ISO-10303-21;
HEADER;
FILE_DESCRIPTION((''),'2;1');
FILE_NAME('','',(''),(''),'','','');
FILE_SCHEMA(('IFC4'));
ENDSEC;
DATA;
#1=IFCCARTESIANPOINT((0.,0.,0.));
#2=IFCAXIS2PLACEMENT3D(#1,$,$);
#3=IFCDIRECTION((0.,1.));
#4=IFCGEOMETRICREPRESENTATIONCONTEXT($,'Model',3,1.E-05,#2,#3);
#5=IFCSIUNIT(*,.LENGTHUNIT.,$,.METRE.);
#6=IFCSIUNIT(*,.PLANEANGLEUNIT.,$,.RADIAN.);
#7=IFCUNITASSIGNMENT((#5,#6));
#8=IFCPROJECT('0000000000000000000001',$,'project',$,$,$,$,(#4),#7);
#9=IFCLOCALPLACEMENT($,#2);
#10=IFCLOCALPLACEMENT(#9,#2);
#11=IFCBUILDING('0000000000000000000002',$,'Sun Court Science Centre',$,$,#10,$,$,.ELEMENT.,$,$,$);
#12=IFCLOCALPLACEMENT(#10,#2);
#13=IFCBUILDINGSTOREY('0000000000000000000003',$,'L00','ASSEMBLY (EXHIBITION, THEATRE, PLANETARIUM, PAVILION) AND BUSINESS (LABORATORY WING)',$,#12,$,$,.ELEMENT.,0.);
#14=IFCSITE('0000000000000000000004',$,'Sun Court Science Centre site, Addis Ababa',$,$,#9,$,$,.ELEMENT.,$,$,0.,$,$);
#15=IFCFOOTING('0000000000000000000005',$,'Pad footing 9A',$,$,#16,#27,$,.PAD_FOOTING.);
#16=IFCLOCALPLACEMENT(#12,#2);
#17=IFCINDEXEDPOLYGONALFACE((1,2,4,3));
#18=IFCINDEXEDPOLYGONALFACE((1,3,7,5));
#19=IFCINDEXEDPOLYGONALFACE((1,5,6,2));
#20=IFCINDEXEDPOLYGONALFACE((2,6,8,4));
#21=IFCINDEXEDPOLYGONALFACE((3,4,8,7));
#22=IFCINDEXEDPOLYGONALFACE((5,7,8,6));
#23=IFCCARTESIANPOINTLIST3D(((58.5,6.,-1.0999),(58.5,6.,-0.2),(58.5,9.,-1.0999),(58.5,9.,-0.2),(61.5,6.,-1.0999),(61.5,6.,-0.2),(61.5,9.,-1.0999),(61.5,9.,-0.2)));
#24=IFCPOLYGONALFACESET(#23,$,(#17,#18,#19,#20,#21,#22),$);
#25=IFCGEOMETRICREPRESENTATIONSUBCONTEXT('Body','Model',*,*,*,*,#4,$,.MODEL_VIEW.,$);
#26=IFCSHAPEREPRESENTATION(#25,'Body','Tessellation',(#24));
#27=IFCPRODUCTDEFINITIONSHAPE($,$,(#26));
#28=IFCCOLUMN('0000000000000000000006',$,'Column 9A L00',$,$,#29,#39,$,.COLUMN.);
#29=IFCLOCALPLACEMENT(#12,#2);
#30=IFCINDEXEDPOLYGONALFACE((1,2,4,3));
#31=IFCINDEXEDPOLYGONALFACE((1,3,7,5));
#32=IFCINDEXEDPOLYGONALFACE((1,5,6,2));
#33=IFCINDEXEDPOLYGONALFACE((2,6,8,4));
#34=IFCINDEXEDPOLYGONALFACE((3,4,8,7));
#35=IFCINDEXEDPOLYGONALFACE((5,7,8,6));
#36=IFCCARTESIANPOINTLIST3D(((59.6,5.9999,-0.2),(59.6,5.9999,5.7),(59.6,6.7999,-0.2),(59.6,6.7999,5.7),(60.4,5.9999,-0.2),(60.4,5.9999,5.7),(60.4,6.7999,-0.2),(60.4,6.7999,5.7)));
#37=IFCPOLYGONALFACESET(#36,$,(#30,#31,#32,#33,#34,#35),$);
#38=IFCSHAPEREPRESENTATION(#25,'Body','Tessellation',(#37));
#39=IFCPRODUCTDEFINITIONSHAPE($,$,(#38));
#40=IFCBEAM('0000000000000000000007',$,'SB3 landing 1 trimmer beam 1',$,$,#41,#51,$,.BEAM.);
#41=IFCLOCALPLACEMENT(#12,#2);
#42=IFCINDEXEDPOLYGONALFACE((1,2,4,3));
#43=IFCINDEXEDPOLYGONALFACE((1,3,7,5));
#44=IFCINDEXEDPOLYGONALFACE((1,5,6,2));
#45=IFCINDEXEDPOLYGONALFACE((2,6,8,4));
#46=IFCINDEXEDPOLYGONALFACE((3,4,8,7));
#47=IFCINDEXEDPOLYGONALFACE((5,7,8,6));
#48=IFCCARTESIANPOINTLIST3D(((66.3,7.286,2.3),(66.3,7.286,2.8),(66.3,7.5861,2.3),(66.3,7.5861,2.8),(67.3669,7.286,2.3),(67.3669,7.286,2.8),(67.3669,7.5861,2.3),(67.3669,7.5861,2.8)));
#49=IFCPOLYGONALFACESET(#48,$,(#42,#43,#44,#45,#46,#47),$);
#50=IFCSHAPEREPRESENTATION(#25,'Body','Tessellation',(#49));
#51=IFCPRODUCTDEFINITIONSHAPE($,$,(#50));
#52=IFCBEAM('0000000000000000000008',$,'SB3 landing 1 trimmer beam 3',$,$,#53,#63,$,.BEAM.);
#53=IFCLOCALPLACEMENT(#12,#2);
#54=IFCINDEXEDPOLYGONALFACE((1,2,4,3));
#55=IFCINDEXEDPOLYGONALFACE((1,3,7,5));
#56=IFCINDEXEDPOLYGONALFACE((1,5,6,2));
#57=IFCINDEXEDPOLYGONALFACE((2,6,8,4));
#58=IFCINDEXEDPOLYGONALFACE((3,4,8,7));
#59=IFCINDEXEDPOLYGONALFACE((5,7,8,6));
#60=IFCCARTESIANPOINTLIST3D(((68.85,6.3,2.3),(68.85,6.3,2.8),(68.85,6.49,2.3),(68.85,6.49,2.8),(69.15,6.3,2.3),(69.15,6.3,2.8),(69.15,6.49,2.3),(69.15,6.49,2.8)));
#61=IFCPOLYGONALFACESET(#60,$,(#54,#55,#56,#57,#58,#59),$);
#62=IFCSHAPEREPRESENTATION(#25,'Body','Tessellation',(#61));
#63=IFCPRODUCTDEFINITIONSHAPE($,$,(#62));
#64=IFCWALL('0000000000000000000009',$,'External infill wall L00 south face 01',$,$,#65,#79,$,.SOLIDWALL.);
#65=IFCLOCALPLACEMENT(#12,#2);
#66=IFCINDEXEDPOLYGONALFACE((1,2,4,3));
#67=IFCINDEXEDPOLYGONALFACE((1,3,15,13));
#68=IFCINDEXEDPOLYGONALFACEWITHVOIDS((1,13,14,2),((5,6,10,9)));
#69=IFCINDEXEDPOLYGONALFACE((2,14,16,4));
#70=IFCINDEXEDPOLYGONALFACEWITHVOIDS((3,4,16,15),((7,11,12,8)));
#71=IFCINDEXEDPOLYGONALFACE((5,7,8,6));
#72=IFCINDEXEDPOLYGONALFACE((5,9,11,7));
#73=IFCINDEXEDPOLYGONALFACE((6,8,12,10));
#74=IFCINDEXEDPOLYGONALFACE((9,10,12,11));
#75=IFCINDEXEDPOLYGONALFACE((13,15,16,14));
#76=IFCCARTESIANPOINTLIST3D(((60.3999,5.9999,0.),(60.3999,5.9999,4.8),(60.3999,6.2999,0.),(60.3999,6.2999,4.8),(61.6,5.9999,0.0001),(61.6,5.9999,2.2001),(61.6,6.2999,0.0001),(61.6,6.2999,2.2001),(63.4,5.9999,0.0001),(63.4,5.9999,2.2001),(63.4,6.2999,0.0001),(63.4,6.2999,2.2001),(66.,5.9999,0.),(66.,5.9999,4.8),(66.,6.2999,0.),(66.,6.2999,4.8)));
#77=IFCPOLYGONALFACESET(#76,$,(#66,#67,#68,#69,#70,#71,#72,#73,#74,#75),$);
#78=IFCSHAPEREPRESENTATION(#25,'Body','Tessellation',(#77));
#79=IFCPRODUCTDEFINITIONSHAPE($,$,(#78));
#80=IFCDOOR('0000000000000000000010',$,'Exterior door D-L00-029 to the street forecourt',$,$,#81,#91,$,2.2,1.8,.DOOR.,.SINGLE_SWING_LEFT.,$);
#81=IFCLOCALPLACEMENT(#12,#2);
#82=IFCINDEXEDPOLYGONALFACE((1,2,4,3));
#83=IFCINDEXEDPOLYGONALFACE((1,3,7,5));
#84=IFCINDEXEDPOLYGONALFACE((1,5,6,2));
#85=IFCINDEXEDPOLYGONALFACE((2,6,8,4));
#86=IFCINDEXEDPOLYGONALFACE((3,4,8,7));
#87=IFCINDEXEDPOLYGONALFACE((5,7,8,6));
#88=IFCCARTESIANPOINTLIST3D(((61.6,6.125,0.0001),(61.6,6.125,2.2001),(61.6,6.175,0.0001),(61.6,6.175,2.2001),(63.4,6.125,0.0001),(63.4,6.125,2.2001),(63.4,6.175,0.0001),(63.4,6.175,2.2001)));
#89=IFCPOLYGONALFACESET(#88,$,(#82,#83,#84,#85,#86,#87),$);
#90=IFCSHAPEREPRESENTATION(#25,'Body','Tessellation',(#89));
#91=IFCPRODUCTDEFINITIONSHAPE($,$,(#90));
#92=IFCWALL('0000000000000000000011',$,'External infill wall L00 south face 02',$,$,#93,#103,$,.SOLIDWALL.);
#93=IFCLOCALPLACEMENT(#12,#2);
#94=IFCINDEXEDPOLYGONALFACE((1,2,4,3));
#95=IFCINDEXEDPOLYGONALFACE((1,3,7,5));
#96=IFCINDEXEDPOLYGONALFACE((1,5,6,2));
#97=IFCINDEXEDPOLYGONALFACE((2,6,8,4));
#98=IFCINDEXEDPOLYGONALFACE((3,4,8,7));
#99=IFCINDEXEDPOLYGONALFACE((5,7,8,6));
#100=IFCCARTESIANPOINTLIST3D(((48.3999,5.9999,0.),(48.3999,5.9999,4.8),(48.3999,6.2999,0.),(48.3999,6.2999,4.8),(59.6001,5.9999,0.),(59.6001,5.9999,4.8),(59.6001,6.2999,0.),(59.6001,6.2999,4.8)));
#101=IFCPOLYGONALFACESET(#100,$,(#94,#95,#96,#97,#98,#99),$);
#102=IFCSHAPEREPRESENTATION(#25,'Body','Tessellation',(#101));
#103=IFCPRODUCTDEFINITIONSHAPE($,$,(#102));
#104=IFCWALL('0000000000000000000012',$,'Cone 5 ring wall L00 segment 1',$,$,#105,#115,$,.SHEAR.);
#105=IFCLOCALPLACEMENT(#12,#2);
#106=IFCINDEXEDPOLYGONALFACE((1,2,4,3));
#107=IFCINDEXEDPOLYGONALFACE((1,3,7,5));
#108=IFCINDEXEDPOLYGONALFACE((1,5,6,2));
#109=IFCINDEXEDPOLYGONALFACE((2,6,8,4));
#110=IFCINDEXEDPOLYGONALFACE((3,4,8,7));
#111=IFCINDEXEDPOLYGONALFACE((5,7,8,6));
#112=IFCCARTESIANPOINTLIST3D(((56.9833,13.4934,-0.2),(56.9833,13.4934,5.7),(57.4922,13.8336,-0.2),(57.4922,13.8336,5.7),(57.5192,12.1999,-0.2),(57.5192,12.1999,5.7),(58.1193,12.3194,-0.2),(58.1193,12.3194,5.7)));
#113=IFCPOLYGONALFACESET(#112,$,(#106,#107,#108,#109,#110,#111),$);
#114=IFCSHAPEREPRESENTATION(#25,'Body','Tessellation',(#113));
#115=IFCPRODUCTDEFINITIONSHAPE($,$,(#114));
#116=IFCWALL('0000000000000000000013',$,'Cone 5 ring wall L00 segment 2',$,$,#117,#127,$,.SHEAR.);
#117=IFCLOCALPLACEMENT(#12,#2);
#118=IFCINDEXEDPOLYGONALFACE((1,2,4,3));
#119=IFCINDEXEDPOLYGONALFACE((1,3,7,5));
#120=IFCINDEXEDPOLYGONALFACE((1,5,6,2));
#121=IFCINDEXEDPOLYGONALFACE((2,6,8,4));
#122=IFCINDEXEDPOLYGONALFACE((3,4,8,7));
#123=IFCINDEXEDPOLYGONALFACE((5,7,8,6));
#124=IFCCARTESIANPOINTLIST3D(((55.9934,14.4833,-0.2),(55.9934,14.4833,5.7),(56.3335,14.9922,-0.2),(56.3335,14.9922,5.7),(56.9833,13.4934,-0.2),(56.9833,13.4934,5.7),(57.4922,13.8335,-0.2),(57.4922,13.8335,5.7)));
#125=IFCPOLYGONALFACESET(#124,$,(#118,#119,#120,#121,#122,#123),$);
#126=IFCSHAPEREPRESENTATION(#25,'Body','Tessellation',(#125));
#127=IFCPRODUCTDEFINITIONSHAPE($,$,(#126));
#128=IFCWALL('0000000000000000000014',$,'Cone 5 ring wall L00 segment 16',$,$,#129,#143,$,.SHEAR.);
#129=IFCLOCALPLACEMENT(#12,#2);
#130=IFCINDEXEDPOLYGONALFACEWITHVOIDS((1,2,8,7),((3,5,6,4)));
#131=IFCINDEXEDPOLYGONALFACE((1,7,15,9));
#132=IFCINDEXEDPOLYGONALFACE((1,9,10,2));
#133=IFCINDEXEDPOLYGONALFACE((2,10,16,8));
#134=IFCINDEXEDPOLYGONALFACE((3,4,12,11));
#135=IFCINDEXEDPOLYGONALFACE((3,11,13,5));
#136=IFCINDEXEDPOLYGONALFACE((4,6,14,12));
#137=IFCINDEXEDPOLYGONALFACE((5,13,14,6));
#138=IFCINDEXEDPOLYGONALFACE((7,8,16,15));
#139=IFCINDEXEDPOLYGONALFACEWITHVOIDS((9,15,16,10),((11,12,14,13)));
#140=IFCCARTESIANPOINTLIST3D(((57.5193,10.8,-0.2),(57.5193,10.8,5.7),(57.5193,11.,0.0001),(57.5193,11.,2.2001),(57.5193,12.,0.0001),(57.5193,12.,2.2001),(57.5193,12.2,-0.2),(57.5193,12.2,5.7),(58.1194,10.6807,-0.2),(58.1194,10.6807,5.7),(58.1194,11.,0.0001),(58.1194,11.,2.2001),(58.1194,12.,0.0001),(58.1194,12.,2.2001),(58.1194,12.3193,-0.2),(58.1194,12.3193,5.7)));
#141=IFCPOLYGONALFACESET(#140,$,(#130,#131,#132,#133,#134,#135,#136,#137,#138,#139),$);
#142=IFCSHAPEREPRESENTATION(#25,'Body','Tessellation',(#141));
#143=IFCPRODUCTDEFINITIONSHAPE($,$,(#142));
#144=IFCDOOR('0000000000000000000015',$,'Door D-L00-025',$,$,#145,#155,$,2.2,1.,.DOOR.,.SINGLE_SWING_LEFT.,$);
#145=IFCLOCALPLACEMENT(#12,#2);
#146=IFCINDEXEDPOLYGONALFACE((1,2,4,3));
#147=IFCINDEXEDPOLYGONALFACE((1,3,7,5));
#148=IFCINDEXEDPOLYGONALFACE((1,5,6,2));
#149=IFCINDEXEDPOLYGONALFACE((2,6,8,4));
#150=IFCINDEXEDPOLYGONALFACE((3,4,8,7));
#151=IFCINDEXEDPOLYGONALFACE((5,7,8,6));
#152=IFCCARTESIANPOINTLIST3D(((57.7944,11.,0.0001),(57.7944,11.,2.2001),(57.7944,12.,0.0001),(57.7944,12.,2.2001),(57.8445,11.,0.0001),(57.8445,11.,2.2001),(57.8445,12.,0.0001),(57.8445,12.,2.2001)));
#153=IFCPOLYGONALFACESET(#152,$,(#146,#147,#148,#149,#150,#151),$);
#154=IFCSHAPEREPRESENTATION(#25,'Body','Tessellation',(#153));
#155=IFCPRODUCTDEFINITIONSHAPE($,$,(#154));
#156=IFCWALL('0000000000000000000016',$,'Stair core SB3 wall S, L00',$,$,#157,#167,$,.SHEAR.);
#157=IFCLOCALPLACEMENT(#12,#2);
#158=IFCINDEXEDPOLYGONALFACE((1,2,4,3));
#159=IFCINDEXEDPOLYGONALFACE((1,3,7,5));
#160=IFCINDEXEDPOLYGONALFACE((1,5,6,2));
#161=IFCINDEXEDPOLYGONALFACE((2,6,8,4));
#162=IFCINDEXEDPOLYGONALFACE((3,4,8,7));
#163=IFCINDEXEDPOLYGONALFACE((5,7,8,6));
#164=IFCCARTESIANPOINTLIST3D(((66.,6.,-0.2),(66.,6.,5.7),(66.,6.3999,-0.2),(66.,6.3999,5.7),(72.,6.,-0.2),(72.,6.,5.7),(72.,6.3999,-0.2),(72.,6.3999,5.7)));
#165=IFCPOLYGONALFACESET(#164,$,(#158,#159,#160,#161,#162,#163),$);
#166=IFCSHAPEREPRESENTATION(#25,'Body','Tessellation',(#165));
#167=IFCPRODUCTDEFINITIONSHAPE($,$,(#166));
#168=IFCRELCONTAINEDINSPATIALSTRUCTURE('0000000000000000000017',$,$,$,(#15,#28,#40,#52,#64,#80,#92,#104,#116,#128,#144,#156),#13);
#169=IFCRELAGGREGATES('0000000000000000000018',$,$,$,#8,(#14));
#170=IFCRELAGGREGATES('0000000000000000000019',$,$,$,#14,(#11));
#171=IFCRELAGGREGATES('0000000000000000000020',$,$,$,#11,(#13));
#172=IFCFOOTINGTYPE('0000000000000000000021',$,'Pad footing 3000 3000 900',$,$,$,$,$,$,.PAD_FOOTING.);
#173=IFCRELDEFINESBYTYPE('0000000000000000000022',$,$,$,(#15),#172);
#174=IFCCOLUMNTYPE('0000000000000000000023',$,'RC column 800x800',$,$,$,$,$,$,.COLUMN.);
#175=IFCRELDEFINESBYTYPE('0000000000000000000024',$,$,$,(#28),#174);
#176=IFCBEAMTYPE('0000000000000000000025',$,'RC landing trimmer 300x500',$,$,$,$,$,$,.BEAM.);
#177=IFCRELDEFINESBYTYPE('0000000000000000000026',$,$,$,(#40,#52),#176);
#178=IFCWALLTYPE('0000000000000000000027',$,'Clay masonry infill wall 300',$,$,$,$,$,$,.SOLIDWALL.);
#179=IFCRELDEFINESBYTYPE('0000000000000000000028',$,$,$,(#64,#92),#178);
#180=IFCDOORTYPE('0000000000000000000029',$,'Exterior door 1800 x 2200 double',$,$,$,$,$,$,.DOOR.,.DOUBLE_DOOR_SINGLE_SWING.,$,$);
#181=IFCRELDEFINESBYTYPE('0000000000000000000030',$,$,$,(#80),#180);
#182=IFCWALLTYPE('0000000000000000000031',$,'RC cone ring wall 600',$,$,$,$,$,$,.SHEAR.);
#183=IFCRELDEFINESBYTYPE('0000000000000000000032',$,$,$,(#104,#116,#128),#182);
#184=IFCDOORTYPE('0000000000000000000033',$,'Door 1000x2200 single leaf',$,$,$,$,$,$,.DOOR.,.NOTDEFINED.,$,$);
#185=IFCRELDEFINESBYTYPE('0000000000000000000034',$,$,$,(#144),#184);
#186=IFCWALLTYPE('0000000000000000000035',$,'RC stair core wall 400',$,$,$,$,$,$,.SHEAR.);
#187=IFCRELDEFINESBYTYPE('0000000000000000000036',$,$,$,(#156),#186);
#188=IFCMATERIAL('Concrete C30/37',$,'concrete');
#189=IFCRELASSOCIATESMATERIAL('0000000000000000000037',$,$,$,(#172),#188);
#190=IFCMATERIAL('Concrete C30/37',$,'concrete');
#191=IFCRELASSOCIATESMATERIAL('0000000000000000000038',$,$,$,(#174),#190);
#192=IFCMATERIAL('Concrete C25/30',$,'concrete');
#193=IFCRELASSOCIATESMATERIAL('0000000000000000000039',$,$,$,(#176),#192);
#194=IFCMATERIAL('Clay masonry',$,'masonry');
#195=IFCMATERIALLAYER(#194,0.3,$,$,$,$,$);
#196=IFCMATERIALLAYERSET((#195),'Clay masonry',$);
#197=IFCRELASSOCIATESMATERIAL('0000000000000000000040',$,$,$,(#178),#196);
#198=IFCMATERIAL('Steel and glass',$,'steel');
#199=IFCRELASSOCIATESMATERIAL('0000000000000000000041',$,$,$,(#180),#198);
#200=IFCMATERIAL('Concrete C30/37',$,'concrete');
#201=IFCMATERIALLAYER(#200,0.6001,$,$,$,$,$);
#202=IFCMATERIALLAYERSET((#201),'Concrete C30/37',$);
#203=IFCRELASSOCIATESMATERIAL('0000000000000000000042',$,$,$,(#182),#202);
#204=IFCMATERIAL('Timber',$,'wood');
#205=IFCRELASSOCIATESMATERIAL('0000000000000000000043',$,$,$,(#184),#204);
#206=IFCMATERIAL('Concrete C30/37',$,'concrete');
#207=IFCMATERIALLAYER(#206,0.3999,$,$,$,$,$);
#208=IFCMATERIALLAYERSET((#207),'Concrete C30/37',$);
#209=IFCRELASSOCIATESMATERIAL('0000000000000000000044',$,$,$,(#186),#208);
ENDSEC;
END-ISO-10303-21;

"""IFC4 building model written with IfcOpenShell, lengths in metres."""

from ifc_helpers import new_model, si_unit, direction, frame, frame_2d, origin, origin_2d, place, context, subcontext, project, spatial, polyline, rectangle, outline, extrude, material, layer, layer_set, material_profile, profile_set, type_object, element, fill, save


model = new_model("IFC4")

# Units and contexts
model_context = context("Model", 3, precision=1e-05, world=origin(), true_north=direction((0.0, 1.0)))
body_context = subcontext(model_context, "Body", "Model", "MODEL_VIEW")
ifc_project = project(units=[si_unit("LENGTHUNIT", "METRE"), si_unit("PLANEANGLEUNIT", "RADIAN")], contexts=[model_context])

# Site, building, storey
site_placement = place(None, origin())
site = spatial("IfcSite", under=ifc_project, at=site_placement, Name="Sun Court Science Centre site, Addis Ababa", CompositionType="ELEMENT", RefElevation=0.0)
building_placement = place(site_placement, origin())
building = spatial("IfcBuilding", under=site, at=building_placement, Name="Sun Court Science Centre", CompositionType="ELEMENT")
storey_placement = place(building_placement, origin())
storey = spatial("IfcBuildingStorey", under=building, at=storey_placement, Name="L00", Description="ASSEMBLY (EXHIBITION, THEATRE, PLANETARIUM, PAVILION) AND BUSINESS (LABORATORY WING)", CompositionType="ELEMENT", Elevation=0.0)

# Footing
ifc_material_1 = material(Name="Concrete C30/37", Category="concrete")
footing_type = type_object("IfcFootingType", Name="Pad footing 3000 3000 900", PredefinedType="PAD_FOOTING", material=ifc_material_1)
footing_placement = place(storey_placement, frame((60.0, 7.5, -1.0999), z_axis=(0.0, 0.0, 1.0), x_axis=(1.0, 0.0, 0.0)))
element("IfcFooting", 1, at=footing_placement, inside=storey, type_object=footing_type, Name="Pad footing 9A", PredefinedType="PAD_FOOTING", context=body_context, shape_type="SweptSolid", body=[
    extrude(rectangle(XDim=3.0, YDim=3.0, at=origin_2d()), origin(), (0.0, 0.0, 1.0), 0.8999),
])

# Column
ifc_material_2 = material(Name="Concrete C30/37", Category="concrete")
ifc_material_profile_1 = material_profile(ifc_material_2, rectangle(XDim=0.8, YDim=0.8, at=origin_2d()), Name="RC 800x800")
ifc_profile_set_1 = profile_set([ifc_material_profile_1], Name="Concrete C30/37")
column_type = type_object("IfcColumnType", Name="RC column 800x800", PredefinedType="COLUMN", material=ifc_profile_set_1)
column_placement = place(storey_placement, frame((60.0, 6.3999, -0.2), z_axis=(0.0, 0.0, 1.0), x_axis=(1.0, 0.0, 0.0)))
element("IfcColumn", 2, at=column_placement, inside=storey, type_object=column_type, Name="Column 9A L00", PredefinedType="COLUMN", context=body_context, shape_type="SweptSolid", body=[
    extrude(rectangle(XDim=0.8, YDim=0.8, at=origin_2d()), origin(), (0.0, 0.0, 1.0), 5.8999),
])

# Beams
ifc_material_3 = material(Name="Concrete C25/30", Category="concrete")
ifc_material_profile_2 = material_profile(ifc_material_3, rectangle(XDim=0.3, YDim=0.5, at=origin_2d()), Name="RC 300x500")
ifc_profile_set_2 = profile_set([ifc_material_profile_2], Name="Concrete C25/30")
beam_type = type_object("IfcBeamType", Name="RC landing trimmer 300x500", PredefinedType="BEAM", material=ifc_profile_set_2)
beam_1_placement = place(storey_placement, frame((66.3, 7.436, 2.55), z_axis=(1.0, 0.0, 0.0), x_axis=(0.0, 1.0, 0.0)))
element("IfcBeam", 3, at=beam_1_placement, inside=storey, type_object=beam_type, Name="SB3 landing 1 trimmer beam 1", PredefinedType="BEAM", context=body_context, shape_type="SweptSolid", body=[
    extrude(rectangle(XDim=0.3, YDim=0.5, at=origin_2d()), origin(), (0.0, 0.0, 1.0), 1.0669),
])
beam_2_placement = place(storey_placement, frame((69.0, 6.3, 2.55), z_axis=(0.0, 1.0, 0.0), x_axis=(-1.0, 0.0, 0.0)))
element("IfcBeam", 4, at=beam_2_placement, inside=storey, type_object=beam_type, Name="SB3 landing 1 trimmer beam 3", PredefinedType="BEAM", context=body_context, shape_type="SweptSolid", body=[
    extrude(rectangle(XDim=0.3, YDim=0.5, at=origin_2d()), origin(), (0.0, 0.0, 1.0), 0.1899),
])

# Wall, opening, door
ifc_material_4 = material(Name="Clay masonry", Category="masonry")
ifc_layer_1 = layer(ifc_material_4, 0.3)
ifc_layer_set_1 = layer_set([ifc_layer_1], Name="Clay masonry")
wall_type_1 = type_object("IfcWallType", Name="Clay masonry infill wall 300", PredefinedType="SOLIDWALL", material=ifc_layer_set_1)
wall_1_placement = place(storey_placement, frame((66.0, 6.1499, 0.0), z_axis=(0.0, 0.0, 1.0), x_axis=(-1.0, 0.0, 0.0)))
wall_1 = element("IfcWall", 5, at=wall_1_placement, inside=storey, type_object=wall_type_1, Name="External infill wall L00 south face 01", PredefinedType="SOLIDWALL", context=body_context, shape_type="SweptSolid", body=[
    extrude(rectangle(XDim=5.6001, YDim=0.3, at=frame_2d((2.8, 0.0))), origin(), (0.0, 0.0, 1.0), 4.8),
])
opening_1_placement = place(wall_1_placement, frame((2.6001, 0.0, 0.0)))
opening_1 = element("IfcOpeningElement", 6, at=opening_1_placement, cuts=wall_1, PredefinedType="OPENING", context=body_context, shape_type="SweptSolid", body=[
    extrude(rectangle(XDim=1.8, YDim=2.2, at=frame_2d((0.8999, 1.1001))), frame((0.0, 0.1599, 0.0), z_axis=(0.0, -1.0, 0.0), x_axis=(1.0, 0.0, 0.0)), (0.0, 0.0, 1.0), 0.3201),
])
ifc_material_5 = material(Name="Steel and glass", Category="steel")
door_type_1 = type_object("IfcDoorType", Name="Exterior door 1800 x 2200 double", OperationType="DOUBLE_DOOR_SINGLE_SWING", PredefinedType="DOOR", material=ifc_material_5)
door_1_placement = place(opening_1_placement, origin())
door_1 = element("IfcDoor", 7, at=door_1_placement, inside=storey, type_object=door_type_1, Name="Exterior door D-L00-029 to the street forecourt", OperationType="SINGLE_SWING_LEFT", OverallHeight=2.2, OverallWidth=1.8, PredefinedType="DOOR", context=body_context, shape_type="SweptSolid", body=[
    extrude(rectangle(XDim=1.8, YDim=2.2, at=frame_2d((0.8999, 1.1001))), frame((0.0, 0.0249, 0.0), z_axis=(0.0, -1.0, 0.0), x_axis=(1.0, 0.0, 0.0)), (0.0, 0.0, 1.0), 0.05),
])
fill(opening_1, door_1)

# Walls
wall_2_placement = place(storey_placement, frame((59.6001, 6.1499, 0.0), z_axis=(0.0, 0.0, 1.0), x_axis=(-1.0, 0.0, 0.0)))
element("IfcWall", 8, at=wall_2_placement, inside=storey, type_object=wall_type_1, Name="External infill wall L00 south face 02", PredefinedType="SOLIDWALL", context=body_context, shape_type="SweptSolid", body=[
    extrude(rectangle(XDim=11.2002, YDim=0.3, at=frame_2d((5.6001, 0.0))), origin(), (0.0, 0.0, 1.0), 4.8),
])
ifc_material_6 = material(Name="Concrete C30/37", Category="concrete")
ifc_layer_2 = layer(ifc_material_6, 0.6001)
ifc_layer_set_2 = layer_set([ifc_layer_2], Name="Concrete C30/37")
wall_type_2 = type_object("IfcWallType", Name="RC cone ring wall 600", PredefinedType="SHEAR", material=ifc_layer_set_2)
wall_3_placement = place(storey_placement, frame((57.842, 12.2046, -0.2), z_axis=(0.0, 0.0, 1.0), x_axis=(-0.382615, 0.923908, 0.0)))
element("IfcWall", 9, at=wall_3_placement, inside=storey, type_object=wall_type_2, Name="Cone 5 ring wall L00 segment 1", PredefinedType="SHEAR", context=body_context, shape_type="SweptSolid", body=[
    extrude(outline(polyline([(0.0, -0.3), (1.6389, -0.3), (1.5193, 0.3003), (0.1191, 0.3), (0.0, -0.3)])), origin(), (0.0, 0.0, 1.0), 5.8999),
])
wall_4_placement = place(storey_placement, frame((57.28, 13.6213, -0.2), z_axis=(0.0, 0.0, 1.0), x_axis=(-0.707107, 0.707107, 0.0)))
element("IfcWall", 10, at=wall_4_placement, inside=storey, type_object=wall_type_2, Name="Cone 5 ring wall L00 segment 2", PredefinedType="SHEAR", context=body_context, shape_type="SweptSolid", body=[
    extrude(outline(polyline([(0.0, -0.3), (1.6387, -0.3), (1.5193, 0.3003), (0.1194, 0.3003), (0.0, -0.3)])), origin(), (0.0, 0.0, 1.0), 5.8999),
])

# Wall, opening, door
wall_5_placement = place(storey_placement, frame((57.8193, 10.6807, -0.2), z_axis=(0.0, 0.0, 1.0), x_axis=(0.0, 1.0, 0.0)))
wall_5 = element("IfcWall", 11, at=wall_5_placement, inside=storey, type_object=wall_type_2, Name="Cone 5 ring wall L00 segment 16", PredefinedType="SHEAR", context=body_context, shape_type="SweptSolid", body=[
    extrude(outline(polyline([(0.0, -0.3), (1.6387, -0.3), (1.5193, 0.3), (0.1194, 0.3), (0.0, -0.3)])), origin(), (0.0, 0.0, 1.0), 5.8999),
])
opening_2_placement = place(wall_5_placement, frame((0.3193, 0.0, 0.2)))
opening_2 = element("IfcOpeningElement", 12, at=opening_2_placement, cuts=wall_5, PredefinedType="OPENING", context=body_context, shape_type="SweptSolid", body=[
    extrude(rectangle(XDim=1.0, YDim=2.2, at=frame_2d((0.5, 1.1001))), frame((0.0, 0.3101, 0.0), z_axis=(0.0, -1.0, 0.0), x_axis=(1.0, 0.0, 0.0)), (0.0, 0.0, 1.0), 0.6201),
])
ifc_material_7 = material(Name="Timber", Category="wood")
door_type_2 = type_object("IfcDoorType", Name="Door 1000x2200 single leaf", OperationType="NOTDEFINED", PredefinedType="DOOR", material=ifc_material_7)
door_2_placement = place(opening_2_placement, origin())
door_2 = element("IfcDoor", 13, at=door_2_placement, inside=storey, type_object=door_type_2, Name="Door D-L00-025", OperationType="SINGLE_SWING_LEFT", OverallHeight=2.2, OverallWidth=1.0, PredefinedType="DOOR", context=body_context, shape_type="SweptSolid", body=[
    extrude(rectangle(XDim=1.0, YDim=2.2, at=frame_2d((0.5, 1.1001))), frame((0.0, 0.0249, 0.0), z_axis=(0.0, -1.0, 0.0), x_axis=(1.0, 0.0, 0.0)), (0.0, 0.0, 1.0), 0.05),
])
fill(opening_2, door_2)

# Wall
ifc_material_8 = material(Name="Concrete C30/37", Category="concrete")
ifc_layer_3 = layer(ifc_material_8, 0.3999)
ifc_layer_set_3 = layer_set([ifc_layer_3], Name="Concrete C30/37")
wall_type_3 = type_object("IfcWallType", Name="RC stair core wall 400", PredefinedType="SHEAR", material=ifc_layer_set_3)
wall_6_placement = place(storey_placement, frame((66.0, 6.2, -0.2), z_axis=(0.0, 0.0, 1.0), x_axis=(1.0, 0.0, 0.0)))
element("IfcWall", 14, at=wall_6_placement, inside=storey, type_object=wall_type_3, Name="Stair core SB3 wall S, L00", PredefinedType="SHEAR", context=body_context, shape_type="SweptSolid", body=[
    extrude(rectangle(XDim=6.0, YDim=0.3999, at=frame_2d((3.0, 0.0))), origin(), (0.0, 0.0, 1.0), 5.8999),
])

save(model, "model.ifc")
